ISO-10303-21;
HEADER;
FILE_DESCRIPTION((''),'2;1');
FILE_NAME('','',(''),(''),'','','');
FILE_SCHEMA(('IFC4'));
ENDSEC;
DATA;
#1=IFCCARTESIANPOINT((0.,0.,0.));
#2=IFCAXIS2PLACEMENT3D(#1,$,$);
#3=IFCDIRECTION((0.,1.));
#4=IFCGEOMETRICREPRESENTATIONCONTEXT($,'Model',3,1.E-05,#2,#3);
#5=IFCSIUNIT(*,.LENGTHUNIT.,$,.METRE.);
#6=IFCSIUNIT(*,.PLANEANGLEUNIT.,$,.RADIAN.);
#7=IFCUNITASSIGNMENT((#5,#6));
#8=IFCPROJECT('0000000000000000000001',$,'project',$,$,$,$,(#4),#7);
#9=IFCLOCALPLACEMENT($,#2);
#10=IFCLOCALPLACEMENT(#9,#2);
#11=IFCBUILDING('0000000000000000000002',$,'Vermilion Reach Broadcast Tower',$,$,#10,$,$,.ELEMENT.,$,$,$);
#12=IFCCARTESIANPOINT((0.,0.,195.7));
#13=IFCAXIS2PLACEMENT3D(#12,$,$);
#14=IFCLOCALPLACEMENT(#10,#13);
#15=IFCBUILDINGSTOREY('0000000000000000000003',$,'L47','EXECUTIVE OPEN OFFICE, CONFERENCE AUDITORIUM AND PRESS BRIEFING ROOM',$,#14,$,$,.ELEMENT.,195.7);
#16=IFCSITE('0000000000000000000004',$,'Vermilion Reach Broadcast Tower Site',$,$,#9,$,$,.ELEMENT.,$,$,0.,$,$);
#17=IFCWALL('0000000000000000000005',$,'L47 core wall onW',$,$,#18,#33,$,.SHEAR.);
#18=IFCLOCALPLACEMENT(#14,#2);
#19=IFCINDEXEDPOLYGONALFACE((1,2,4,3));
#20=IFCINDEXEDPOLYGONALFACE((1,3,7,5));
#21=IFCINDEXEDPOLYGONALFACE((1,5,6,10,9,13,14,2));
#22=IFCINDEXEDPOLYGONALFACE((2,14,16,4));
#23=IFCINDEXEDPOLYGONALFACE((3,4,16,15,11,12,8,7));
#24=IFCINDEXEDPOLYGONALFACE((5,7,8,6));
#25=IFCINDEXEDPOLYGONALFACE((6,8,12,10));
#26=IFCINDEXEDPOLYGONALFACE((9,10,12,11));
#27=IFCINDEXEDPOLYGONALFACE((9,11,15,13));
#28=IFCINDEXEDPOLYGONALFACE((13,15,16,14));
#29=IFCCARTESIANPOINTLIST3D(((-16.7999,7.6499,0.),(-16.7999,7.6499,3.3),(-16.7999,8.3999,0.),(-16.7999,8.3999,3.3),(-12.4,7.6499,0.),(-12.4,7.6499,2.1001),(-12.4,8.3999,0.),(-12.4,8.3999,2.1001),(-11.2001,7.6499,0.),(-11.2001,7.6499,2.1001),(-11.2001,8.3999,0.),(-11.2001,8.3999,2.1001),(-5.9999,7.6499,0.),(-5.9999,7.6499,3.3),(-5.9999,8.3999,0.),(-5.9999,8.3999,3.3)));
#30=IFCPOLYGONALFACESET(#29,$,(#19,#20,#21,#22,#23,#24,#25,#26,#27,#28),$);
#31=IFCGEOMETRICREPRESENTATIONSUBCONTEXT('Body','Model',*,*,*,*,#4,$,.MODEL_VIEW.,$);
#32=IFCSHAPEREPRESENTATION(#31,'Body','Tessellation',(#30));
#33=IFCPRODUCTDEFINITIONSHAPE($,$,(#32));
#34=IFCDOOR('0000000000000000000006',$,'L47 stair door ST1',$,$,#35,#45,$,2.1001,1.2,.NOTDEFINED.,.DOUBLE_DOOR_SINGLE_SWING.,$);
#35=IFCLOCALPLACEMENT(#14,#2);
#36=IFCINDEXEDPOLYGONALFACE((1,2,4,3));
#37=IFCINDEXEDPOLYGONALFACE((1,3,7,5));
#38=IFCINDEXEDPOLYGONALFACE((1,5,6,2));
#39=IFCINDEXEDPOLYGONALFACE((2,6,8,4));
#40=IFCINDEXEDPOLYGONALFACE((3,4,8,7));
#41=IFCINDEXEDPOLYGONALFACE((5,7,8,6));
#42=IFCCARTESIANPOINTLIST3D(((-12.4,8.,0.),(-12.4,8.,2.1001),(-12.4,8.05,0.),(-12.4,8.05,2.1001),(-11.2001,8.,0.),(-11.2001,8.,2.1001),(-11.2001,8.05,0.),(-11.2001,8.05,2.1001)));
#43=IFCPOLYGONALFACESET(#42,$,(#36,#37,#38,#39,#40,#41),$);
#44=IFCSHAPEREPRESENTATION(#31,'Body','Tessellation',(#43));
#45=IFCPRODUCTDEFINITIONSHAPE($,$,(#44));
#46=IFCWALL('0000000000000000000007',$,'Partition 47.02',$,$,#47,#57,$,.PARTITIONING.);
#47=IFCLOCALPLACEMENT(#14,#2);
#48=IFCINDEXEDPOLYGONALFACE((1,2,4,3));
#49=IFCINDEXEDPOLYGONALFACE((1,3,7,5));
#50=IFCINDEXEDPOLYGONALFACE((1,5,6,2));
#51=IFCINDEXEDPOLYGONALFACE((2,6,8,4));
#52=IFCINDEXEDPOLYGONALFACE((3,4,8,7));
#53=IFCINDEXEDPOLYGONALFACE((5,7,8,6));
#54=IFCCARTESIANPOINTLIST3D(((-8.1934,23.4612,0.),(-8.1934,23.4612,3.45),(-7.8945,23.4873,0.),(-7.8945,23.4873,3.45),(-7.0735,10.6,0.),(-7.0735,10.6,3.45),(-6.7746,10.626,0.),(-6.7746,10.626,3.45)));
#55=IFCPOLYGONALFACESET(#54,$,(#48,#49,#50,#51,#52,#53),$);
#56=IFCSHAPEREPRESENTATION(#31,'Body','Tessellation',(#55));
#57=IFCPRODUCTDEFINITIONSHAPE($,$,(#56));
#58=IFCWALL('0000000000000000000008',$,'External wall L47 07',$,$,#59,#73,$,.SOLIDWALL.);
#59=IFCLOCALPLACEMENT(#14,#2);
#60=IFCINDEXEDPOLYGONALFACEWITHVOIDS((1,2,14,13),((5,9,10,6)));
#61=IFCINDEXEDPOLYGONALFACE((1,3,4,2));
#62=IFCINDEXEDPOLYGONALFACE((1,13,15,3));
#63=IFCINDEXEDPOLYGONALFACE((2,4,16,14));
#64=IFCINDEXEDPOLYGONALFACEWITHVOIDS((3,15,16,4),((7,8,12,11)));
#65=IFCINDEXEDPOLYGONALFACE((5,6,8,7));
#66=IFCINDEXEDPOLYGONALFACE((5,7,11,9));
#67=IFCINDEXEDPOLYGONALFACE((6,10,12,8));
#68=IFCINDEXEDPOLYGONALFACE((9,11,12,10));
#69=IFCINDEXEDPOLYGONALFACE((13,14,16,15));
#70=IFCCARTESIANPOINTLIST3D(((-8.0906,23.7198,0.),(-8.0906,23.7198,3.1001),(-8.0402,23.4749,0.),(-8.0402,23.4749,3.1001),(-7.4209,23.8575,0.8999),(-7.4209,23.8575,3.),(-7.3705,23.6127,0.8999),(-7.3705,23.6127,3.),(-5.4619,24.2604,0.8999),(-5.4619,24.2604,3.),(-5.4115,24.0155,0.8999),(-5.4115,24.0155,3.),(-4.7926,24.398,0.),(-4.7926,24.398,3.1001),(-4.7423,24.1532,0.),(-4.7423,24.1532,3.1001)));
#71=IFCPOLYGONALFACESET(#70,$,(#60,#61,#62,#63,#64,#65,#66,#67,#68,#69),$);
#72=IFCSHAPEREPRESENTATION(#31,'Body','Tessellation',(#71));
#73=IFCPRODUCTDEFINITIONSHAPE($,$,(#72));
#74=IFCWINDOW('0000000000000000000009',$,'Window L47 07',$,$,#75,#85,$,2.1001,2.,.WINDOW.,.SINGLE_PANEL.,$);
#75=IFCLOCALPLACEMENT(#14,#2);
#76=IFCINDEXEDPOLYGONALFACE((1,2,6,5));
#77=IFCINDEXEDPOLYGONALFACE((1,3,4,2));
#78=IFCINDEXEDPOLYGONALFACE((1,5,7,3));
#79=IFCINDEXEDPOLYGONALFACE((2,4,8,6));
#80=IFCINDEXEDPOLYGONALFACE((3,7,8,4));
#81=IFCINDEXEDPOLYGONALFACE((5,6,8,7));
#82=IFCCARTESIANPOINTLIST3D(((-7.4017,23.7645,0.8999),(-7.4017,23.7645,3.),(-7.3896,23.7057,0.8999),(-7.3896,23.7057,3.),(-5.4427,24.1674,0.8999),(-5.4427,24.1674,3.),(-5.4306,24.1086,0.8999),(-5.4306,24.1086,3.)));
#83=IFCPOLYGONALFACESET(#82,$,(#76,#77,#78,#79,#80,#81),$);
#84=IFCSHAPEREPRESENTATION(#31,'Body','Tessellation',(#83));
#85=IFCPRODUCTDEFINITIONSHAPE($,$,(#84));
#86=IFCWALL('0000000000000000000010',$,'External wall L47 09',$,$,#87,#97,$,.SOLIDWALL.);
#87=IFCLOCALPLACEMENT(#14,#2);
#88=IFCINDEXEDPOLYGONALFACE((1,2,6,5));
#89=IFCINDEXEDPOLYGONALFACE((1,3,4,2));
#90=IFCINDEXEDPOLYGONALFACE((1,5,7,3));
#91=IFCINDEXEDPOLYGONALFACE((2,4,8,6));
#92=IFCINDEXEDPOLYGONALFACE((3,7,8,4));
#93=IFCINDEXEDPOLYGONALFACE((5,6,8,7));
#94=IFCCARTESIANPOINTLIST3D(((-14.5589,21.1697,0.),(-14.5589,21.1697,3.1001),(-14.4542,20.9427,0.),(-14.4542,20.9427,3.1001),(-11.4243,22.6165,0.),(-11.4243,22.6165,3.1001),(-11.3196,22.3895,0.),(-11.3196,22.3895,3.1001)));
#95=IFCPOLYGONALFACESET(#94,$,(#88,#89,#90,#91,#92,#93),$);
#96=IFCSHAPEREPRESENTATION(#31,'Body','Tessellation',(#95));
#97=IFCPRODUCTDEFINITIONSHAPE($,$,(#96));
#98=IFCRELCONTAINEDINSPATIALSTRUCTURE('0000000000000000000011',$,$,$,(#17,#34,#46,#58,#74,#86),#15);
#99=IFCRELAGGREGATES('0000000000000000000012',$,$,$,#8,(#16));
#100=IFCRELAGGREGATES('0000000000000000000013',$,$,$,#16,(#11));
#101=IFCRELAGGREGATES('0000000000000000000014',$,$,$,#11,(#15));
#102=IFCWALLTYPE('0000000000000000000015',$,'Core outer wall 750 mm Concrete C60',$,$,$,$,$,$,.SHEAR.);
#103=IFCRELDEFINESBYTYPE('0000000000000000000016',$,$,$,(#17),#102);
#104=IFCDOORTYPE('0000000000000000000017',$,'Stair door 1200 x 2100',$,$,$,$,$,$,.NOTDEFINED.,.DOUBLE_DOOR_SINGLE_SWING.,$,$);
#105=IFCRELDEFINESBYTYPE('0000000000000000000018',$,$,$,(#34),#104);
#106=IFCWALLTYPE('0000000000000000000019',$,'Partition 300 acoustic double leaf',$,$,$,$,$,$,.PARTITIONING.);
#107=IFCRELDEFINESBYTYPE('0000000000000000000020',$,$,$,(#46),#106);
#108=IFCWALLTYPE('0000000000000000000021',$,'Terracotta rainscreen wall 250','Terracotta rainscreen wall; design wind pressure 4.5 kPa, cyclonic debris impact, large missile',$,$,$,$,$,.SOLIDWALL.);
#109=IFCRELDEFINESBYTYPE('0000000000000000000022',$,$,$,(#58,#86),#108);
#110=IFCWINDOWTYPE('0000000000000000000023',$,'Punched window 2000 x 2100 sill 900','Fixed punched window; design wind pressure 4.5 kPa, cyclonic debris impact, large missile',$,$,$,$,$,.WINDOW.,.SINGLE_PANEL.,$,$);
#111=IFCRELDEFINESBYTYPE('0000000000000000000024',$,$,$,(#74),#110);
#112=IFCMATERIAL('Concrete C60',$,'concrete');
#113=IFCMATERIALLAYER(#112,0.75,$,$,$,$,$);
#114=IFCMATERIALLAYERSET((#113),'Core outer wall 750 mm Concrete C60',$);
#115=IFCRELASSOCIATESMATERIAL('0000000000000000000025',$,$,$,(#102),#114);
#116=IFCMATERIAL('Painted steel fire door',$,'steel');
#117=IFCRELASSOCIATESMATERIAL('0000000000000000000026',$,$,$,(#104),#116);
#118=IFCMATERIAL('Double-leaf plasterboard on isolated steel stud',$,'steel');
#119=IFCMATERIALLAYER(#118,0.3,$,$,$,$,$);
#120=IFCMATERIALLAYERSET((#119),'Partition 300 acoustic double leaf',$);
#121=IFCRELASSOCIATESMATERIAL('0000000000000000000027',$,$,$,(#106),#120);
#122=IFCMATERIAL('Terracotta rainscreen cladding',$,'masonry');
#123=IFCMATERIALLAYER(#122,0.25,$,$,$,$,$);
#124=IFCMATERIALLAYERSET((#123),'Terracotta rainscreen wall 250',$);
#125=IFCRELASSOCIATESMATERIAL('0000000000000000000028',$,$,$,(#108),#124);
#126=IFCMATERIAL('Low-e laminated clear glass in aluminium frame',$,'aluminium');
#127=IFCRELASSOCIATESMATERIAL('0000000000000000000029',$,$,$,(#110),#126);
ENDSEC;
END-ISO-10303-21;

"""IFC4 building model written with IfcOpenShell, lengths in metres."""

from ifc_helpers import new_model, si_unit, direction, frame, frame_2d, origin, place, context, subcontext, project, spatial, rectangle, extrude, material, layer, layer_set, type_object, element, fill, save


model = new_model("IFC4")

# Units and contexts
model_context = context("Model", 3, precision=1e-05, world=origin(), true_north=direction((0.0, 1.0)))
body_context = subcontext(model_context, "Body", "Model", "MODEL_VIEW")
ifc_project = project(units=[si_unit("LENGTHUNIT", "METRE"), si_unit("PLANEANGLEUNIT", "RADIAN")], contexts=[model_context])

# Site, building, storey
site_placement = place(None, origin())
site = spatial("IfcSite", under=ifc_project, at=site_placement, Name="Vermilion Reach Broadcast Tower Site", CompositionType="ELEMENT", RefElevation=0.0)
building_placement = place(site_placement, origin())
building = spatial("IfcBuilding", under=site, at=building_placement, Name="Vermilion Reach Broadcast Tower", CompositionType="ELEMENT")
storey_placement = place(building_placement, frame((0.0, 0.0, 195.7)))
storey = spatial("IfcBuildingStorey", under=building, at=storey_placement, Name="L47", Description="EXECUTIVE OPEN OFFICE, CONFERENCE AUDITORIUM AND PRESS BRIEFING ROOM", CompositionType="ELEMENT", Elevation=195.7)

# Wall, opening, door
ifc_material_1 = material(Name="Concrete C60", Category="concrete")
ifc_layer_1 = layer(ifc_material_1, 0.75)
ifc_layer_set_1 = layer_set([ifc_layer_1], Name="Core outer wall 750 mm Concrete C60")
wall_type_1 = type_object("IfcWallType", Name="Core outer wall 750 mm Concrete C60", PredefinedType="SHEAR", material=ifc_layer_set_1)
wall_1_placement = place(storey_placement, frame((-6.0, 8.0249, 0.0), z_axis=(0.0, 0.0, 1.0), x_axis=(-1.0, 0.0, 0.0)))
wall_1 = element("IfcWall", 1, at=wall_1_placement, inside=storey, type_object=wall_type_1, Name="L47 core wall onW", PredefinedType="SHEAR", context=body_context, shape_type="SweptSolid", body=[
    extrude(rectangle(XDim=10.8, YDim=0.75, at=frame_2d((5.3999, 0.0))), origin(), (0.0, 0.0, 1.0), 3.3),
])
opening_1_placement = place(wall_1_placement, frame((5.2, 0.0, 0.0)))
opening_1 = element("IfcOpeningElement", 2, at=opening_1_placement, cuts=wall_1, PredefinedType="OPENING", context=body_context, shape_type="SweptSolid", body=[
    extrude(rectangle(XDim=1.2, YDim=2.1001, at=frame_2d((0.6001, 1.05))), frame((0.0, 0.385, 0.0), z_axis=(0.0, -1.0, 0.0), x_axis=(1.0, 0.0, 0.0)), (0.0, 0.0, 1.0), 0.77),
])
ifc_material_2 = material(Name="Painted steel fire door", Category="steel")
door_type_1 = type_object("IfcDoorType", Name="Stair door 1200 x 2100", OperationType="DOUBLE_DOOR_SINGLE_SWING", PredefinedType="NOTDEFINED", material=ifc_material_2)
door_1_placement = place(opening_1_placement, origin())
door_1 = element("IfcDoor", 3, at=door_1_placement, inside=storey, type_object=door_type_1, Name="L47 stair door ST1", OperationType="DOUBLE_DOOR_SINGLE_SWING", OverallHeight=2.1001, OverallWidth=1.2, PredefinedType="NOTDEFINED", context=body_context, shape_type="SweptSolid", body=[
    extrude(rectangle(XDim=1.2, YDim=2.1001, at=frame_2d((0.6001, 1.05))), frame((0.0, 0.0249, 0.0), z_axis=(0.0, -1.0, 0.0), x_axis=(1.0, 0.0, 0.0)), (0.0, 0.0, 1.0), 0.05),
])
fill(opening_1, door_1)

# Wall
ifc_material_3 = material(Name="Double-leaf plasterboard on isolated steel stud", Category="steel")
ifc_layer_2 = layer(ifc_material_3, 0.3)
ifc_layer_set_2 = layer_set([ifc_layer_2], Name="Partition 300 acoustic double leaf")
wall_type_2 = type_object("IfcWallType", Name="Partition 300 acoustic double leaf", PredefinedType="PARTITIONING", material=ifc_layer_set_2)
wall_2_placement = place(storey_placement, frame((-8.0439, 23.4744, 0.0), z_axis=(0.0, 0.0, 1.0), x_axis=(0.086745, -0.996231, 0.0)))
element("IfcWall", 4, at=wall_2_placement, inside=storey, type_object=wall_type_2, Name="Partition 47.02", PredefinedType="PARTITIONING", context=body_context, shape_type="SweptSolid", body=[
    extrude(rectangle(XDim=12.9099, YDim=0.3, at=frame_2d((6.4551, 0.0))), origin(), (0.0, 0.0, 1.0), 3.45),
])

# Wall, opening, window
ifc_material_4 = material(Name="Terracotta rainscreen cladding", Category="masonry")
ifc_layer_3 = layer(ifc_material_4, 0.25)
ifc_layer_set_3 = layer_set([ifc_layer_3], Name="Terracotta rainscreen wall 250")
wall_type_3 = type_object("IfcWallType", Name="Terracotta rainscreen wall 250", Description="Terracotta rainscreen wall; design wind pressure 4.5 kPa, cyclonic debris impact, large missile", PredefinedType="SOLIDWALL", material=ifc_layer_set_3)
wall_3_placement = place(storey_placement, frame((-4.7673, 24.2756, 0.0), z_axis=(0.0, 0.0, 1.0), x_axis=(-0.979501, -0.20144, 0.0)))
wall_3 = element("IfcWall", 5, at=wall_3_placement, inside=storey, type_object=wall_type_3, Name="External wall L47 07", PredefinedType="SOLIDWALL", context=body_context, shape_type="SweptSolid", body=[
    extrude(rectangle(XDim=3.3669, YDim=0.25, at=frame_2d((1.6836, 0.0))), origin(), (0.0, 0.0, 1.0), 3.1001),
])
opening_2_placement = place(wall_3_placement, frame((0.6833, 0.0, 0.8999)))
opening_2 = element("IfcOpeningElement", 6, at=opening_2_placement, cuts=wall_3, PredefinedType="OPENING", context=body_context, shape_type="SweptSolid", body=[
    extrude(rectangle(XDim=2.0, YDim=2.1001, at=frame_2d((1.0, 1.05))), frame((0.0, 0.135, 0.0), z_axis=(0.0, -1.0, 0.0), x_axis=(1.0, 0.0, 0.0)), (0.0, 0.0, 1.0), 0.27),
])
ifc_material_5 = material(Name="Low-e laminated clear glass in aluminium frame", Category="aluminium")
window_type = type_object("IfcWindowType", Name="Punched window 2000 x 2100 sill 900", Description="Fixed punched window; design wind pressure 4.5 kPa, cyclonic debris impact, large missile", PartitioningType="SINGLE_PANEL", PredefinedType="WINDOW", material=ifc_material_5)
window_placement = place(opening_2_placement, origin())
window = element("IfcWindow", 7, at=window_placement, inside=storey, type_object=window_type, Name="Window L47 07", OverallHeight=2.1001, OverallWidth=2.0, PartitioningType="SINGLE_PANEL", PredefinedType="WINDOW", context=body_context, shape_type="SweptSolid", body=[
    extrude(rectangle(XDim=2.0, YDim=2.1001, at=frame_2d((1.0, 1.05))), frame((0.0, 0.03, 0.0), z_axis=(0.0, -1.0, 0.0), x_axis=(1.0, 0.0, 0.0)), (0.0, 0.0, 1.0), 0.0601),
])
fill(opening_2, window)

# Wall
wall_4_placement = place(storey_placement, frame((-11.3721, 22.5029, 0.0), z_axis=(0.0, 0.0, 1.0), x_axis=(-0.907951, -0.419076, 0.0)))
element("IfcWall", 8, at=wall_4_placement, inside=storey, type_object=wall_type_3, Name="External wall L47 09", PredefinedType="SOLIDWALL", context=body_context, shape_type="SweptSolid", body=[
    extrude(rectangle(XDim=3.4524, YDim=0.25, at=frame_2d((1.7261, 0.0))), origin(), (0.0, 0.0, 1.0), 3.1001),
])

save(model, "model.ifc")
